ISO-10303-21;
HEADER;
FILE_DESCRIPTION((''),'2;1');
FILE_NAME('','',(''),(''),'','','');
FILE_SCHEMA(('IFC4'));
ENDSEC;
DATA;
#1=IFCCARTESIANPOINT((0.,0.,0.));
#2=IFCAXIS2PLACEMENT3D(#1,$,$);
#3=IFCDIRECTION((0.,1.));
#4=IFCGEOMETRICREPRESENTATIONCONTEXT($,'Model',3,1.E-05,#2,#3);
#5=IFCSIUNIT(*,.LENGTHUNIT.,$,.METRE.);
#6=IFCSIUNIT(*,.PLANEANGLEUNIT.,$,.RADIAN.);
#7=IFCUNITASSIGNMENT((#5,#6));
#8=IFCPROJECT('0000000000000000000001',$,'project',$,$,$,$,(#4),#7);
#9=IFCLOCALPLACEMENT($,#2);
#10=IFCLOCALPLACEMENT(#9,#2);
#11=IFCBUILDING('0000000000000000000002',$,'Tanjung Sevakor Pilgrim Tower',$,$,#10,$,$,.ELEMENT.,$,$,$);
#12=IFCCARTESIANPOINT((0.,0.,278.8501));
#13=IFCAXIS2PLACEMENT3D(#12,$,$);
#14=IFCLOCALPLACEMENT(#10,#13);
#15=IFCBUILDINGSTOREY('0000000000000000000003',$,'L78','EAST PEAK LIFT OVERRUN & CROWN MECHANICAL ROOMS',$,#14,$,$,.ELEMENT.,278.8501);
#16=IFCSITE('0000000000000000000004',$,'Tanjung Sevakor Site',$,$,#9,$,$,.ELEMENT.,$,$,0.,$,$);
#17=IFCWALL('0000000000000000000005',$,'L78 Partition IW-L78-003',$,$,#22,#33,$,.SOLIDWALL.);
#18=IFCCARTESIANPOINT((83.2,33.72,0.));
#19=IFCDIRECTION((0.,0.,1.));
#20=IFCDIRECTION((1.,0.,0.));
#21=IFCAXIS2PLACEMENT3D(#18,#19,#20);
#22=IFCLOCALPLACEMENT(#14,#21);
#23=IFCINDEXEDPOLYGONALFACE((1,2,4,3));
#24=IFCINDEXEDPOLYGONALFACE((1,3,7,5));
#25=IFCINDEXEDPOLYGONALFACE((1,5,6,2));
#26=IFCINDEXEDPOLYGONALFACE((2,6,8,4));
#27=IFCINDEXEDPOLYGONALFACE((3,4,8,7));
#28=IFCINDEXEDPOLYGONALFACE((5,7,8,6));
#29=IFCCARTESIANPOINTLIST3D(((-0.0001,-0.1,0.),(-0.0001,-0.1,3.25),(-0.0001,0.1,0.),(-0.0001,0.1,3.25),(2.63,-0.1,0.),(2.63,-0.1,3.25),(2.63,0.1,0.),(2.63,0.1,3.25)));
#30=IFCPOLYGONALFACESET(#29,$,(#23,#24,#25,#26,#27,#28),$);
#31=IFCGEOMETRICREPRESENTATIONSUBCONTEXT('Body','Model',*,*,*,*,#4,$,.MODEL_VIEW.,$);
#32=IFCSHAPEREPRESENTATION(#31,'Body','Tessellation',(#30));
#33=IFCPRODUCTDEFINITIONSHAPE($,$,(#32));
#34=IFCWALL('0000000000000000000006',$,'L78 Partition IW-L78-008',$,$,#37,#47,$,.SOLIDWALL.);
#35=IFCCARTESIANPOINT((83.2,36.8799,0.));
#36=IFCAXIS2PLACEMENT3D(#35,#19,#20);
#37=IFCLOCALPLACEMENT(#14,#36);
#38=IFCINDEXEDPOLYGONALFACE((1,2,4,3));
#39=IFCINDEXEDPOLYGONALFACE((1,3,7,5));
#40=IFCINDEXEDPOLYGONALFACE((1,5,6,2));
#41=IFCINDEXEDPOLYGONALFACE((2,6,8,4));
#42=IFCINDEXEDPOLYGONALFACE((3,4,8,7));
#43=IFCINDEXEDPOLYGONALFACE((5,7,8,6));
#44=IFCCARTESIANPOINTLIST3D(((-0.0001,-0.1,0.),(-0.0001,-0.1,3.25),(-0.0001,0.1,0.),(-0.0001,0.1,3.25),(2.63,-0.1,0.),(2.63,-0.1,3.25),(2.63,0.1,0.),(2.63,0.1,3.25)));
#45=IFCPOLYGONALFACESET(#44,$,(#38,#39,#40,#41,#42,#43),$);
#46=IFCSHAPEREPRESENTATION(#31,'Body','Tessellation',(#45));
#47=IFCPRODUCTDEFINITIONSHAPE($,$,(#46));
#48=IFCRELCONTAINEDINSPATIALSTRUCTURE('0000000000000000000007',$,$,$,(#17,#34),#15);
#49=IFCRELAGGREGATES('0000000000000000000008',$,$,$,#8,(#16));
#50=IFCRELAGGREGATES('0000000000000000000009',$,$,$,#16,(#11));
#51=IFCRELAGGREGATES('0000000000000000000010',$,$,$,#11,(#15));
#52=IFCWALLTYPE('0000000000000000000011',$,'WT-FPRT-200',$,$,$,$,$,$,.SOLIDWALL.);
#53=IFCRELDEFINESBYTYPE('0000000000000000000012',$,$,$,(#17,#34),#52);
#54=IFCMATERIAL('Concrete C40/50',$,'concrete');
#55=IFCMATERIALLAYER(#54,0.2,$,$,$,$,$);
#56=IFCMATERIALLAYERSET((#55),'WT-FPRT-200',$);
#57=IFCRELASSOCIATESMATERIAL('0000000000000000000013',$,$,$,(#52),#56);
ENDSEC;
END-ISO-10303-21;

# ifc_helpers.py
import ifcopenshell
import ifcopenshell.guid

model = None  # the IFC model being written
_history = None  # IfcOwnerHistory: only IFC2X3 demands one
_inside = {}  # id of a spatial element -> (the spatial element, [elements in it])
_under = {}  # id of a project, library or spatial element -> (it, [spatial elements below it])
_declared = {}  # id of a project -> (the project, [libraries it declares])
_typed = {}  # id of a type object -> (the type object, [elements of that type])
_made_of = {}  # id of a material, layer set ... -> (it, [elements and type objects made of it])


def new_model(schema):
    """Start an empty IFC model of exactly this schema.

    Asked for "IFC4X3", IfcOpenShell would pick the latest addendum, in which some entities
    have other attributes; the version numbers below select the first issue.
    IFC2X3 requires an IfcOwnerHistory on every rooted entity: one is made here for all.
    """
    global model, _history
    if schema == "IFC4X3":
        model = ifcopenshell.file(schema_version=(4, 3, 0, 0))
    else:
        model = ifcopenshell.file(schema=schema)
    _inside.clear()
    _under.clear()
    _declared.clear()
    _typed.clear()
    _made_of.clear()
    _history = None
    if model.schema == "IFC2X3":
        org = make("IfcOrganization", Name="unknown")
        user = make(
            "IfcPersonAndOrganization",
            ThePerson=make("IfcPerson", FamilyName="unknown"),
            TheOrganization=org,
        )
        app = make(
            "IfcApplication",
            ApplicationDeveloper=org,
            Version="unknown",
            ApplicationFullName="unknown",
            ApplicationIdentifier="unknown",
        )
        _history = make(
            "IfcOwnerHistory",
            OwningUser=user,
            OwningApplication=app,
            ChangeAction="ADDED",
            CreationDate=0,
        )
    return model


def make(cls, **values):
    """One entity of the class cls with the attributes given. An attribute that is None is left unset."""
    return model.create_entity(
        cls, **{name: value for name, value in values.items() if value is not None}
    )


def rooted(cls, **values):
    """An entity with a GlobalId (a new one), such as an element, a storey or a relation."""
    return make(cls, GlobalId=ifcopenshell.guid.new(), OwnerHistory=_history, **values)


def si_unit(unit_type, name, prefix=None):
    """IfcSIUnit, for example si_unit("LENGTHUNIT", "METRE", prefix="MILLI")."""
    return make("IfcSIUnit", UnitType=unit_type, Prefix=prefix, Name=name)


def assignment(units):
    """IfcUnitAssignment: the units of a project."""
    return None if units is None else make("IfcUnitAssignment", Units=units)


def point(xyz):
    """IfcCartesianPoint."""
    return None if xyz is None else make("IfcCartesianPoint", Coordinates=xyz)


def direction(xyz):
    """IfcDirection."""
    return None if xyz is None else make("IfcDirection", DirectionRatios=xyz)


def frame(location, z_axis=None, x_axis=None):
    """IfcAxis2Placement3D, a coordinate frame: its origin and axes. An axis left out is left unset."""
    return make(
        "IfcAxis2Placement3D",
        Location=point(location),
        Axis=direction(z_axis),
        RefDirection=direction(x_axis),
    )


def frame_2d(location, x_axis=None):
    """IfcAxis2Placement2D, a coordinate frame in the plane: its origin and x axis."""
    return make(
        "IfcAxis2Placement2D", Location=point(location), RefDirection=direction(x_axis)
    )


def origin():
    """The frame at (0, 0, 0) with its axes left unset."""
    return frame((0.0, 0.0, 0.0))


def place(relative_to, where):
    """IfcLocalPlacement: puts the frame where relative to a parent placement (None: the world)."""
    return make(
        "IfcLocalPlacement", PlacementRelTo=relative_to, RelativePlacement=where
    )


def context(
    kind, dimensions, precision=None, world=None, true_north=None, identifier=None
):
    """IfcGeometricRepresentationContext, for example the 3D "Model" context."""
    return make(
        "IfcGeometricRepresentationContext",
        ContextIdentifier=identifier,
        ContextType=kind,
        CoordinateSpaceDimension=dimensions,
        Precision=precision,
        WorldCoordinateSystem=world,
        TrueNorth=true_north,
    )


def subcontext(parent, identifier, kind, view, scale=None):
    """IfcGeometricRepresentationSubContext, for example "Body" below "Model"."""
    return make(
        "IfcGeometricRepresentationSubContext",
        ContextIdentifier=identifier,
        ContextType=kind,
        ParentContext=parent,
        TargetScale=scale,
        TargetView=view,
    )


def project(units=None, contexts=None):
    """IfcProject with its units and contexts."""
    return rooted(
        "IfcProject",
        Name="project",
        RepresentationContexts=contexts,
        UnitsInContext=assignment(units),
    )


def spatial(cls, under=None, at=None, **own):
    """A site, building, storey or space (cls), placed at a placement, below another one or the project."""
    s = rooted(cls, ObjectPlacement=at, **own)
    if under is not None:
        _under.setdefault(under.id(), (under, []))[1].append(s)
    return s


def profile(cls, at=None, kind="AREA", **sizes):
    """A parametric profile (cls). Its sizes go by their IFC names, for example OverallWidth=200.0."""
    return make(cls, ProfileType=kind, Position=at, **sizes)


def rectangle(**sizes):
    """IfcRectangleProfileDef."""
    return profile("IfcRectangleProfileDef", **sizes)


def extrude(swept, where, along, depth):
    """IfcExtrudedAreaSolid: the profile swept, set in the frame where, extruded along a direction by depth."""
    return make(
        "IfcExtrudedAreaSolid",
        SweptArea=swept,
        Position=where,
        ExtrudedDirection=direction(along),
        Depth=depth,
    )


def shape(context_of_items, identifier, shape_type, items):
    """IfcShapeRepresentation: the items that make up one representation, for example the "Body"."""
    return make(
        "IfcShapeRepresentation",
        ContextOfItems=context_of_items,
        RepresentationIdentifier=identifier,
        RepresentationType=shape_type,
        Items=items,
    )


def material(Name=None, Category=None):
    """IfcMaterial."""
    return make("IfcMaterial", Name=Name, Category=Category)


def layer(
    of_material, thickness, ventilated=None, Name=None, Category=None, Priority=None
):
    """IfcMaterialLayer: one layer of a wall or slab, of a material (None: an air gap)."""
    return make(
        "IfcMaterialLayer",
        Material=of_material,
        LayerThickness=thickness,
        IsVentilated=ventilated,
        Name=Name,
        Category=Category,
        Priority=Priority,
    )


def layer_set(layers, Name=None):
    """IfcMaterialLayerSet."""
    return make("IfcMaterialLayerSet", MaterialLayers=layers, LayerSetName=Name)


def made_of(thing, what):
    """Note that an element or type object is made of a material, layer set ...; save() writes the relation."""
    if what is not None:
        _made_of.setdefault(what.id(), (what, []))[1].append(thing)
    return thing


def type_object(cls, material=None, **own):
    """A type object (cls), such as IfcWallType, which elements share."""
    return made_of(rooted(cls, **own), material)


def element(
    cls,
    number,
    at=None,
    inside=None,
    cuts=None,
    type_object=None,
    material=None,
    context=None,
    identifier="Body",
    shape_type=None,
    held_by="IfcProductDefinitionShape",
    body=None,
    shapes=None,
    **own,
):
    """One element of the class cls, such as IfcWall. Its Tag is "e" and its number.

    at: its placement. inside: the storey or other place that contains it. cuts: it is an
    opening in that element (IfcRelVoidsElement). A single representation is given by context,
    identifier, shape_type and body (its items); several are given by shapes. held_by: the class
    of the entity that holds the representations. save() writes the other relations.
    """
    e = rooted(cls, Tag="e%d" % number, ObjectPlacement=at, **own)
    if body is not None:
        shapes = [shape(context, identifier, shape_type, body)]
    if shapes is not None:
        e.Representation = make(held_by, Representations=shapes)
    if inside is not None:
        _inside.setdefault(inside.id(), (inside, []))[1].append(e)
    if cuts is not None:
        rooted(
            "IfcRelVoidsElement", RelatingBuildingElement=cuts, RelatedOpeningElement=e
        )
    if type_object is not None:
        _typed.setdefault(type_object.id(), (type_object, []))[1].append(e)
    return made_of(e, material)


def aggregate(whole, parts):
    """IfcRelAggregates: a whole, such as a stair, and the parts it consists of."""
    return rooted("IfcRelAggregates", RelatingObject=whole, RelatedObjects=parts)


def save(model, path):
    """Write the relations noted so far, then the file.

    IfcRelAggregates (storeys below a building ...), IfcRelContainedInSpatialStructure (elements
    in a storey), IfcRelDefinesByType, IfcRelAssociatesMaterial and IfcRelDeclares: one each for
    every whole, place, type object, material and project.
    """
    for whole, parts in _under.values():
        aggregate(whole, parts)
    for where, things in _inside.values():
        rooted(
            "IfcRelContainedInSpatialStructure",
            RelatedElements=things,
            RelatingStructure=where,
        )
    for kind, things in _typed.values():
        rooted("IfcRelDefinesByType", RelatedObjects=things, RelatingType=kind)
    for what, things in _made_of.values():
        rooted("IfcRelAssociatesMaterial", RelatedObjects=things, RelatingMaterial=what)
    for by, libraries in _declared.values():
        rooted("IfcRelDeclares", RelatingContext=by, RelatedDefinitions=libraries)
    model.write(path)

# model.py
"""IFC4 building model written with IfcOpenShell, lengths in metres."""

from ifc_helpers import new_model, si_unit, direction, frame, frame_2d, origin, place, context, subcontext, project, spatial, rectangle, extrude, material, layer, layer_set, type_object, element, save


model = new_model("IFC4")

# Units and contexts
model_context = context("Model", 3, precision=1e-05, world=origin(), true_north=direction((0.0, 1.0)))
body_context = subcontext(model_context, "Body", "Model", "MODEL_VIEW")
ifc_project = project(units=[si_unit("LENGTHUNIT", "METRE"), si_unit("PLANEANGLEUNIT", "RADIAN")], contexts=[model_context])

# Site, building, storey
site_placement = place(None, origin())
site = spatial("IfcSite", under=ifc_project, at=site_placement, Name="Tanjung Sevakor Site", CompositionType="ELEMENT", RefElevation=0.0)
building_placement = place(site_placement, origin())
building = spatial("IfcBuilding", under=site, at=building_placement, Name="Tanjung Sevakor Pilgrim Tower", CompositionType="ELEMENT")
storey_placement = place(building_placement, frame((0.0, 0.0, 278.8501)))
storey = spatial("IfcBuildingStorey", under=building, at=storey_placement, Name="L78", Description="EAST PEAK LIFT OVERRUN & CROWN MECHANICAL ROOMS", CompositionType="ELEMENT", Elevation=278.8501)

# Walls
ifc_material_1 = material(Name="Concrete C40/50", Category="concrete")
ifc_layer_1 = layer(ifc_material_1, 0.2)
ifc_layer_set_1 = layer_set([ifc_layer_1], Name="WT-FPRT-200")
wall_type_1 = type_object("IfcWallType", Name="WT-FPRT-200", PredefinedType="SOLIDWALL", material=ifc_layer_set_1)
wall_1_placement = place(storey_placement, frame((83.2, 33.72, 0.0), z_axis=(0.0, 0.0, 1.0), x_axis=(1.0, 0.0, 0.0)))
element("IfcWall", 1, at=wall_1_placement, inside=storey, type_object=wall_type_1, Name="L78 Partition IW-L78-003", PredefinedType="SOLIDWALL", context=body_context, shape_type="SweptSolid", body=[
    extrude(rectangle(XDim=2.6301, YDim=0.2, at=frame_2d((1.3149, 0.0))), origin(), (0.0, 0.0, 1.0), 3.25),
])
wall_2_placement = place(storey_placement, frame((83.2, 36.8799, 0.0), z_axis=(0.0, 0.0, 1.0), x_axis=(1.0, 0.0, 0.0)))
element("IfcWall", 2, at=wall_2_placement, inside=storey, type_object=wall_type_1, Name="L78 Partition IW-L78-008", PredefinedType="SOLIDWALL", context=body_context, shape_type="SweptSolid", body=[
    extrude(rectangle(XDim=2.6301, YDim=0.2, at=frame_2d((1.3149, 0.0))), origin(), (0.0, 0.0, 1.0), 3.25),
])

save(model, "model.ifc")
